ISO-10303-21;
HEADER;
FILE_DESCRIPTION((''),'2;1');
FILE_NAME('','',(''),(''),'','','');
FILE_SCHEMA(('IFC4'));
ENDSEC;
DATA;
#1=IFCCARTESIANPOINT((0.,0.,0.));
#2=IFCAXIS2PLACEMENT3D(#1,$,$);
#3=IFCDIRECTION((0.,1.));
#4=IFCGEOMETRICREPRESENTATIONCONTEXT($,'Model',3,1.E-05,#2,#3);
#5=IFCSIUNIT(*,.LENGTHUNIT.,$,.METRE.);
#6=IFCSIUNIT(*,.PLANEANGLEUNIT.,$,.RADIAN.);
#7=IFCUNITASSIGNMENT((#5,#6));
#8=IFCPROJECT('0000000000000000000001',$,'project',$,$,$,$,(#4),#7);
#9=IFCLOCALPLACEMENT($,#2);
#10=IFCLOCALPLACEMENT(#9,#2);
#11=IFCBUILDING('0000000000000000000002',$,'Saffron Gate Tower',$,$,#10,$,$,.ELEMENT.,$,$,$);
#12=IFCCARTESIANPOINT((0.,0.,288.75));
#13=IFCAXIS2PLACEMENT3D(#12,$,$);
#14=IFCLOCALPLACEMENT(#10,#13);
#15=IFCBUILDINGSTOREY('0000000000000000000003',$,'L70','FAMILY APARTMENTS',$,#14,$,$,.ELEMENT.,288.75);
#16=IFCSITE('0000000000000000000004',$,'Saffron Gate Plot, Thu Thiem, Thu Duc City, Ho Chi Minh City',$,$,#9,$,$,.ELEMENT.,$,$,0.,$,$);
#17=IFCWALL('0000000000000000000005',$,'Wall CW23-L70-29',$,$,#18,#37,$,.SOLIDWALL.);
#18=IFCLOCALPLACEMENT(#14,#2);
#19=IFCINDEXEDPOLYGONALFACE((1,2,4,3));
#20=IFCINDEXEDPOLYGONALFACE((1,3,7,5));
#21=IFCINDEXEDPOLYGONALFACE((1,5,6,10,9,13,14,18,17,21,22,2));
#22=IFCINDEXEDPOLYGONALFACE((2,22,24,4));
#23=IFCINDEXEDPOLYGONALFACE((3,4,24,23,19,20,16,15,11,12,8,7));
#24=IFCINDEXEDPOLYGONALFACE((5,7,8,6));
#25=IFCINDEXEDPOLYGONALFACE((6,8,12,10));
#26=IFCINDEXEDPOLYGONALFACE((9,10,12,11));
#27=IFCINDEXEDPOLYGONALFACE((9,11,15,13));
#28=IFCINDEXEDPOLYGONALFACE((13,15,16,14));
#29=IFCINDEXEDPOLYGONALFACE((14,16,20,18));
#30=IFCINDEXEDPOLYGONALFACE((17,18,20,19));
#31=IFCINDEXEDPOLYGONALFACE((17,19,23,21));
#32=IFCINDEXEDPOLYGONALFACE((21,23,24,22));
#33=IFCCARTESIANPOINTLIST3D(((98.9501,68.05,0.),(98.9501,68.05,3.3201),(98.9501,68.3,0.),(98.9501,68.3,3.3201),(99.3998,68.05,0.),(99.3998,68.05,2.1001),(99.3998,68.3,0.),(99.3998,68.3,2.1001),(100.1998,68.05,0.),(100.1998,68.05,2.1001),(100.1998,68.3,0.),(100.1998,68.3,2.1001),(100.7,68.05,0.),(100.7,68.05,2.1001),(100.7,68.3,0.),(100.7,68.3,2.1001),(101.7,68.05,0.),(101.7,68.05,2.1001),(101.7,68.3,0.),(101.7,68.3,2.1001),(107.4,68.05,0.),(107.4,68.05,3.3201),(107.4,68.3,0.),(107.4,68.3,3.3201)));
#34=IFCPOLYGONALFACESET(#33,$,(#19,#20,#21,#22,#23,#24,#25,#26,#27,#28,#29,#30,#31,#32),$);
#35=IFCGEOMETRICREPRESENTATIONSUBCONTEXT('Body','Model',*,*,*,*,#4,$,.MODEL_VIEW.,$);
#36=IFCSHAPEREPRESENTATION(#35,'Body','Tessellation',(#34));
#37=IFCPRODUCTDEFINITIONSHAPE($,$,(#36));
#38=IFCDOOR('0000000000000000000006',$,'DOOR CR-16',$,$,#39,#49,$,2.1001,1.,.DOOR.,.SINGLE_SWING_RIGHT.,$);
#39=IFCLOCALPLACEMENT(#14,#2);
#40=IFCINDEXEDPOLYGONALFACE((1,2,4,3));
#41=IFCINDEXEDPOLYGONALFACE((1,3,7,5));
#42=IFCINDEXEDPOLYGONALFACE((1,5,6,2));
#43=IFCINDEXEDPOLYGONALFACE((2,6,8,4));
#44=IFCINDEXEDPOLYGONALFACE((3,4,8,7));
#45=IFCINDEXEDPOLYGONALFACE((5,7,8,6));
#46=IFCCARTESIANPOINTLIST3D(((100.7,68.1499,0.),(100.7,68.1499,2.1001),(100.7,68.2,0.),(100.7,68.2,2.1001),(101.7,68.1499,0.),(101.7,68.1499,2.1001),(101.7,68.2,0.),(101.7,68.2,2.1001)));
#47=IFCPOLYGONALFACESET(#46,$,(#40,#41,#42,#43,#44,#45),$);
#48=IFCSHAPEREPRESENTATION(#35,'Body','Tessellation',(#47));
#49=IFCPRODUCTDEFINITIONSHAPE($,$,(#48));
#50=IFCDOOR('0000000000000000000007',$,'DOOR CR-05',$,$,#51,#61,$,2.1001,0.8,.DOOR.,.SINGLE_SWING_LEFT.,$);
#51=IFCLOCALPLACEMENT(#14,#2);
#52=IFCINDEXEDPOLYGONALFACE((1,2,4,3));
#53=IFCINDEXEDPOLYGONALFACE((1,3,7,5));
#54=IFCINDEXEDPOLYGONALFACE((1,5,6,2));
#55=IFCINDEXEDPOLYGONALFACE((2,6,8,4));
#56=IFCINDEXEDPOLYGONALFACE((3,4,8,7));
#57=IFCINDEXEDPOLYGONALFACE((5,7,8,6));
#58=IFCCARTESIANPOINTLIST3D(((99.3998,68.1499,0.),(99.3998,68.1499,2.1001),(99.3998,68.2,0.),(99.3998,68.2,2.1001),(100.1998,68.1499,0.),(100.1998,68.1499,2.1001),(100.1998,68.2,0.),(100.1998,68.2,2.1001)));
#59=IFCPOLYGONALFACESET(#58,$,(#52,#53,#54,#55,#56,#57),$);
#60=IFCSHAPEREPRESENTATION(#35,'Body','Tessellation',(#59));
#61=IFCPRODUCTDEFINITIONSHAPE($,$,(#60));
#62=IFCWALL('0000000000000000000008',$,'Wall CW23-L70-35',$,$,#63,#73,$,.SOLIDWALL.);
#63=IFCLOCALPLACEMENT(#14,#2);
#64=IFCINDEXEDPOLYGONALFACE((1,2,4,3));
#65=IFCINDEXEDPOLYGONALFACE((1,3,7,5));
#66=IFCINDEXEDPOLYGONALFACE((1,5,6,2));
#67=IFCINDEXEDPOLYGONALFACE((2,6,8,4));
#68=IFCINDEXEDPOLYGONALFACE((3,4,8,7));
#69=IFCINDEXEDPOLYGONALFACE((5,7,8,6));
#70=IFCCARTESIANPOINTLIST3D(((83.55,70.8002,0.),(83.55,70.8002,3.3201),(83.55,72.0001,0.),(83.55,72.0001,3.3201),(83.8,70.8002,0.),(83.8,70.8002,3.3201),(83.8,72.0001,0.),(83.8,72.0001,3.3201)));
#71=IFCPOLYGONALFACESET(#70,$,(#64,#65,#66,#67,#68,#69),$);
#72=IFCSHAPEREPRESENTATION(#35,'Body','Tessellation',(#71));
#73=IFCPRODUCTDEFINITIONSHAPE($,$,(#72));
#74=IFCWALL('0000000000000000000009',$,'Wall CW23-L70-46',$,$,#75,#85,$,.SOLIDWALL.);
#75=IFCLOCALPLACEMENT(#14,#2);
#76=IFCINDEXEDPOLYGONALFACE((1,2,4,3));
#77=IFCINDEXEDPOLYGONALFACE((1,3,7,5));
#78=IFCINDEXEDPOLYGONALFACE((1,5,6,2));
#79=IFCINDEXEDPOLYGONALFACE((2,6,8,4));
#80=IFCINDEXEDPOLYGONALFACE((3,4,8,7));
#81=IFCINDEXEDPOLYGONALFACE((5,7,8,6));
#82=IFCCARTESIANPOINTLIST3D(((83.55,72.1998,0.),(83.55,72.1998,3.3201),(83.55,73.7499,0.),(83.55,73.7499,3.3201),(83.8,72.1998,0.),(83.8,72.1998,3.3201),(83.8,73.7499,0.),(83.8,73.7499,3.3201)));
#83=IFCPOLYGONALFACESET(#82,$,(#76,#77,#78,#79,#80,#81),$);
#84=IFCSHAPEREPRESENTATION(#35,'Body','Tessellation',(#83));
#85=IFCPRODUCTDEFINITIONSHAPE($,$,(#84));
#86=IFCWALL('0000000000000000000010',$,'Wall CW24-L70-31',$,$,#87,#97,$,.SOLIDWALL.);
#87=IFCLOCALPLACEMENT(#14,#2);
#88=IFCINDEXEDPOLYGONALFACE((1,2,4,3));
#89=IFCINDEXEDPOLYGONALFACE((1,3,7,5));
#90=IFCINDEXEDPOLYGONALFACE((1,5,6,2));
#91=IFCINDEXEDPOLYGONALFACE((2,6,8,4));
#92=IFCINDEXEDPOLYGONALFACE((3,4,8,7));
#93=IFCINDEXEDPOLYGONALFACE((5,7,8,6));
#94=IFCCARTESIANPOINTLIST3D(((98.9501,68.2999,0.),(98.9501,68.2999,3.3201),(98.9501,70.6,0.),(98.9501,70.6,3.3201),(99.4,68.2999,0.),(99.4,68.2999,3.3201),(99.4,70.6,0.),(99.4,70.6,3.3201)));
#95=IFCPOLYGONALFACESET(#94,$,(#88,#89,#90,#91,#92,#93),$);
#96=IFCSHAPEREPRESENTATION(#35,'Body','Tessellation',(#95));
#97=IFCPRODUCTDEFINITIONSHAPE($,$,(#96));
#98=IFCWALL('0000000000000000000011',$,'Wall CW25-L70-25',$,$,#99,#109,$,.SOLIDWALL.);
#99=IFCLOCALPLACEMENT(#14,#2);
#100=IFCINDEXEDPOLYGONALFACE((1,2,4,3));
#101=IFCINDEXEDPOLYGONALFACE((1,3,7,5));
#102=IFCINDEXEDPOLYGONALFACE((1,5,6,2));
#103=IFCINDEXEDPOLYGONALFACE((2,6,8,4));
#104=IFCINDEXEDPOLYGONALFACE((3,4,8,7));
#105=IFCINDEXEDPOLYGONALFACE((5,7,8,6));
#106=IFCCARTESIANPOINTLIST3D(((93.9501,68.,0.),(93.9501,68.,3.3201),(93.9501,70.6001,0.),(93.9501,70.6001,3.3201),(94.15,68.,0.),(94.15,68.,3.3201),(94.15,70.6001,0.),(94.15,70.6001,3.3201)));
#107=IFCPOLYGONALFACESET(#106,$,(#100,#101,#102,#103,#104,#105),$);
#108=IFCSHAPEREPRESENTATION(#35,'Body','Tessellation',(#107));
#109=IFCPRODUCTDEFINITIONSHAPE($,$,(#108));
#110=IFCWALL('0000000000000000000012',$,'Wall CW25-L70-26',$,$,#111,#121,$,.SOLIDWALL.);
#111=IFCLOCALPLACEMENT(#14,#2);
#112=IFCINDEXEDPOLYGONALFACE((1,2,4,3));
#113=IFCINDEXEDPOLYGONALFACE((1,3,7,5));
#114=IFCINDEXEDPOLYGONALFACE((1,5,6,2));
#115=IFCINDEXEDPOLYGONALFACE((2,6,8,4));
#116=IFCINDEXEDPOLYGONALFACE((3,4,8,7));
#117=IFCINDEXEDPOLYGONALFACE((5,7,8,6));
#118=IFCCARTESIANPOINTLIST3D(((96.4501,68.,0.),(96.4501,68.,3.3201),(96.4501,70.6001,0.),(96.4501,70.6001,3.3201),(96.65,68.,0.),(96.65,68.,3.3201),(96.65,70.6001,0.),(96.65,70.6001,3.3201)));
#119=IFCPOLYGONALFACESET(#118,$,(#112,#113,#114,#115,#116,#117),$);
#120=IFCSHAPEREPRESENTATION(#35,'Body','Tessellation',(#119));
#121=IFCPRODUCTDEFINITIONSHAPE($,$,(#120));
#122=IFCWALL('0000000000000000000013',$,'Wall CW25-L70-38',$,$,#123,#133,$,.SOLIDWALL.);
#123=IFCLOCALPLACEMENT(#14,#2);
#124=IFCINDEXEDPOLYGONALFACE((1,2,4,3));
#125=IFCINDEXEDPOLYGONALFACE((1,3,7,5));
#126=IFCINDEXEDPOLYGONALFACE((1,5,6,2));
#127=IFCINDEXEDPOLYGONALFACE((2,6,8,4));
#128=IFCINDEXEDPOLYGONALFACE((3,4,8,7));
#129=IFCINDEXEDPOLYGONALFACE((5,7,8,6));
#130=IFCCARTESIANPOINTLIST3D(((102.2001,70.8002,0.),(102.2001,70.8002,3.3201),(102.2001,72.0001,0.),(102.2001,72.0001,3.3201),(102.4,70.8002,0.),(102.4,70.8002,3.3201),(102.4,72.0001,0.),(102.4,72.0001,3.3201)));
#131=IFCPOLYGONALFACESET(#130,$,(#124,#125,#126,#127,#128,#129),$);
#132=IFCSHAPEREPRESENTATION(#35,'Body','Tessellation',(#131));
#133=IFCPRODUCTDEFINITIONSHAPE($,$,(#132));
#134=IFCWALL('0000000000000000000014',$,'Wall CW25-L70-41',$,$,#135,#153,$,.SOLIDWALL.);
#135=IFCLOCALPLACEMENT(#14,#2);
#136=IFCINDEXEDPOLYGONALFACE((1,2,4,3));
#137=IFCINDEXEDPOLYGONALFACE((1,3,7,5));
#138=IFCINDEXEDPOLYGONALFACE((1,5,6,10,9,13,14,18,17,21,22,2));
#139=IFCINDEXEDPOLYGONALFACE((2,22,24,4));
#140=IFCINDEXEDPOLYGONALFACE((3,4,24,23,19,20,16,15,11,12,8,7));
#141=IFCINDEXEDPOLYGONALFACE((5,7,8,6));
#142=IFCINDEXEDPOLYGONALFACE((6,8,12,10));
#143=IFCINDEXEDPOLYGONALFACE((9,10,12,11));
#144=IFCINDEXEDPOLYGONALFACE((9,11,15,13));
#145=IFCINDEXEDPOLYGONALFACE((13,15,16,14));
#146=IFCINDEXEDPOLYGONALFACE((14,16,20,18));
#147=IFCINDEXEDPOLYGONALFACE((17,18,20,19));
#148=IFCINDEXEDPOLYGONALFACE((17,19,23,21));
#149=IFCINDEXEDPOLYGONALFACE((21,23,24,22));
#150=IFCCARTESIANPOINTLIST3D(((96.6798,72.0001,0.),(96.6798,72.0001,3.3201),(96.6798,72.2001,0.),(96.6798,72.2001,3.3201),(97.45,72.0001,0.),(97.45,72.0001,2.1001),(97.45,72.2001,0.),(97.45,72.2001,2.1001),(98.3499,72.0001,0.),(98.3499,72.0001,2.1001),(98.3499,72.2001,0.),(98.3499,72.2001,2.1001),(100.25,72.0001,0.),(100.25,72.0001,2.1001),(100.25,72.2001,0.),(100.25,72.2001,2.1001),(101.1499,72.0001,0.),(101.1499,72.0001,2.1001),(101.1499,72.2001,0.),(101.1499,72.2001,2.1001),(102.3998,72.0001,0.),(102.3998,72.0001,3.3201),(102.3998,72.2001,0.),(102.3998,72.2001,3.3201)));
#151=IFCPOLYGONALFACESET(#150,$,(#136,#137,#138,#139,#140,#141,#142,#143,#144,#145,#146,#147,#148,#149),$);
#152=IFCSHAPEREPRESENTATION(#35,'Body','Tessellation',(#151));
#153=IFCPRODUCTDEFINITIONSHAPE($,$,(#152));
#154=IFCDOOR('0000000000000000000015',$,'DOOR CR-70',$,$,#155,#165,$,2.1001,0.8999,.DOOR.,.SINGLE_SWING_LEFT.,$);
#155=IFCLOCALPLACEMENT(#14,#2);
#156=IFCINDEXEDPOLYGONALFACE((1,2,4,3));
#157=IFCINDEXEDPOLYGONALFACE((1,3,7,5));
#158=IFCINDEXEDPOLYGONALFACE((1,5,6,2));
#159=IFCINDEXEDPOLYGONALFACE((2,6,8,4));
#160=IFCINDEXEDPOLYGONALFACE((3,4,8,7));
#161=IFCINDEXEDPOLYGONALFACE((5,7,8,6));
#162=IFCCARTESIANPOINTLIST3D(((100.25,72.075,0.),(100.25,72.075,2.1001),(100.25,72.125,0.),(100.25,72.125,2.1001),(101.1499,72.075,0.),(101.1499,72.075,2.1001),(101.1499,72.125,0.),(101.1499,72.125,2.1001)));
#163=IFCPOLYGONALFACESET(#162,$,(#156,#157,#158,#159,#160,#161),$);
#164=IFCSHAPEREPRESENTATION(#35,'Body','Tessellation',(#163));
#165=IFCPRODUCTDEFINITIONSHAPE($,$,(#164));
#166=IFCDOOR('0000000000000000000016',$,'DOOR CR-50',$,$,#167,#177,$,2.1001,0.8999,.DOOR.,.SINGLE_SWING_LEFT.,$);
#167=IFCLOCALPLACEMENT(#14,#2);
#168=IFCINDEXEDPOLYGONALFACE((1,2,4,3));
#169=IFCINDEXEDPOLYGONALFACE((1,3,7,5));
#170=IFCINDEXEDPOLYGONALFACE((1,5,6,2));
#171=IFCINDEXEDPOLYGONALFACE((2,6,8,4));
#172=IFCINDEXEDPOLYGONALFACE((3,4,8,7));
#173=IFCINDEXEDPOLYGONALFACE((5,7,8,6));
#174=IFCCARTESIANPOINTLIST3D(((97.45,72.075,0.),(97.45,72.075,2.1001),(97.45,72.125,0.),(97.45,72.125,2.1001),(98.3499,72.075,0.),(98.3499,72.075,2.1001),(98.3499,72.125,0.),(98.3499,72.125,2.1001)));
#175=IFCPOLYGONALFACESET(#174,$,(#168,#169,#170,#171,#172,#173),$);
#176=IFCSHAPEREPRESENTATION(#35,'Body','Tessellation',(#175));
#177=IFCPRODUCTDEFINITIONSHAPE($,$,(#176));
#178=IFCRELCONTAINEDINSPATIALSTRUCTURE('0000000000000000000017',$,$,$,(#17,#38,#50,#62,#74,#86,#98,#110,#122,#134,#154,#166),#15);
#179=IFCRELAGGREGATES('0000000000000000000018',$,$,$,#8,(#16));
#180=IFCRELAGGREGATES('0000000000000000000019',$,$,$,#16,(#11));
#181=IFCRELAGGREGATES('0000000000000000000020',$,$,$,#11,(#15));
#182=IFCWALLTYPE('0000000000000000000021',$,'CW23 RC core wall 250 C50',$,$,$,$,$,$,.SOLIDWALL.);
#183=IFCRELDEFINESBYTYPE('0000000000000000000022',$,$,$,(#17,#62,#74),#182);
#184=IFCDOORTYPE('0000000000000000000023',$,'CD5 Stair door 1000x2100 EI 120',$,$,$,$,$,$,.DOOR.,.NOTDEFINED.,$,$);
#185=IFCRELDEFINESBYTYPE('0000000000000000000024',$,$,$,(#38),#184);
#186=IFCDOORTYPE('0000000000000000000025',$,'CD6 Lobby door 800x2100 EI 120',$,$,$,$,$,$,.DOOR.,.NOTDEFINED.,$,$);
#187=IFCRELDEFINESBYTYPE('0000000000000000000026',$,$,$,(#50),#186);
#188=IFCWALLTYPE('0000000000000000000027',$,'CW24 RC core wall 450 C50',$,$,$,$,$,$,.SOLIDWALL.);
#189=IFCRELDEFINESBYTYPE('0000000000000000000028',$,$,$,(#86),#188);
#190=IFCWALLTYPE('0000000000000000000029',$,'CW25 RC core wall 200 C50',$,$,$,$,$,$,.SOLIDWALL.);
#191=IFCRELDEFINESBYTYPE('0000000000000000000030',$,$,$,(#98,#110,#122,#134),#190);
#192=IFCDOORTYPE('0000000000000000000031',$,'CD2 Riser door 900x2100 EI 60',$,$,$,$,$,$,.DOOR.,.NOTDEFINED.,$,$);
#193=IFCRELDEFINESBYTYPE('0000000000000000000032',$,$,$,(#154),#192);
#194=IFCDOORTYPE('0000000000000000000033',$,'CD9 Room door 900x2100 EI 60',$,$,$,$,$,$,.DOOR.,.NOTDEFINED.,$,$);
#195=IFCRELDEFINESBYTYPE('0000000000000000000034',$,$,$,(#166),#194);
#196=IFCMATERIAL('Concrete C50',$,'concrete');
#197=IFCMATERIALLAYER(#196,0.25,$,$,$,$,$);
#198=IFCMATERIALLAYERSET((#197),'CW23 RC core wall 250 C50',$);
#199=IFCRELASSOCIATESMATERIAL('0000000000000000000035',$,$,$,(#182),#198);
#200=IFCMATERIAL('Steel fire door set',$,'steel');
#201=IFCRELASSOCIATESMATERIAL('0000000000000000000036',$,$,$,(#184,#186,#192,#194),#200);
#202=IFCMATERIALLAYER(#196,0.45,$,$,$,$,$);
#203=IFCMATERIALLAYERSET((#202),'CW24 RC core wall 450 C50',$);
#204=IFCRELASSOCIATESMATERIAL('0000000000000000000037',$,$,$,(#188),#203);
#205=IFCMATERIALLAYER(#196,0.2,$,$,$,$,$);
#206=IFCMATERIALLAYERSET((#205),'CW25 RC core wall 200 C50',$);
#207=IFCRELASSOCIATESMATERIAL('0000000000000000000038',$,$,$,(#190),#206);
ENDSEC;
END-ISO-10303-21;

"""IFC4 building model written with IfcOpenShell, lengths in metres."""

from ifc_helpers import new_model, si_unit, direction, frame, frame_2d, origin, place, context, subcontext, project, spatial, rectangle, extrude, material, layer, layer_set, type_object, element, fill, save


model = new_model("IFC4")

# Units and contexts
model_context = context("Model", 3, precision=1e-05, world=origin(), true_north=direction((0.0, 1.0)))
body_context = subcontext(model_context, "Body", "Model", "MODEL_VIEW")
ifc_project = project(units=[si_unit("LENGTHUNIT", "METRE"), si_unit("PLANEANGLEUNIT", "RADIAN")], contexts=[model_context])

# Site, building, storey
site_placement = place(None, origin())
site = spatial("IfcSite", under=ifc_project, at=site_placement, Name="Saffron Gate Plot, Thu Thiem, Thu Duc City, Ho Chi Minh City", CompositionType="ELEMENT", RefElevation=0.0)
building_placement = place(site_placement, origin())
building = spatial("IfcBuilding", under=site, at=building_placement, Name="Saffron Gate Tower", CompositionType="ELEMENT")
storey_placement = place(building_placement, frame((0.0, 0.0, 288.75)))
storey = spatial("IfcBuildingStorey", under=building, at=storey_placement, Name="L70", Description="FAMILY APARTMENTS", CompositionType="ELEMENT", Elevation=288.75)

# Wall, openings, doors
ifc_material_1 = material(Name="Concrete C50", Category="concrete")
ifc_layer_1 = layer(ifc_material_1, 0.25)
ifc_layer_set_1 = layer_set([ifc_layer_1], Name="CW23 RC core wall 250 C50")
wall_type_1 = type_object("IfcWallType", Name="CW23 RC core wall 250 C50", PredefinedType="SOLIDWALL", material=ifc_layer_set_1)
wall_1_placement = place(storey_placement, frame((98.95, 68.175, 0.0), z_axis=(0.0, 0.0, 1.0), x_axis=(1.0, 0.0, 0.0)))
wall_1 = element("IfcWall", 1, at=wall_1_placement, inside=storey, type_object=wall_type_1, Name="Wall CW23-L70-29", PredefinedType="SOLIDWALL", context=body_context, shape_type="SweptSolid", body=[
    extrude(rectangle(XDim=8.45, YDim=0.25, at=frame_2d((4.2251, 0.0))), origin(), (0.0, 0.0, 1.0), 3.3201),
])
opening_1_placement = place(wall_1_placement, frame((0.45, 0.0, 0.0)))
opening_1 = element("IfcOpeningElement", 2, at=opening_1_placement, cuts=wall_1, PredefinedType="OPENING", context=body_context, shape_type="SweptSolid", body=[
    extrude(rectangle(XDim=0.8, YDim=2.1001, at=frame_2d((0.3999, 1.05))), frame((0.0, 0.135, 0.0), z_axis=(0.0, -1.0, 0.0), x_axis=(1.0, 0.0, 0.0)), (0.0, 0.0, 1.0), 0.27),
])
opening_2_placement = place(wall_1_placement, frame((1.75, 0.0, 0.0)))
opening_2 = element("IfcOpeningElement", 3, at=opening_2_placement, cuts=wall_1, PredefinedType="OPENING", context=body_context, shape_type="SweptSolid", body=[
    extrude(rectangle(XDim=1.0, YDim=2.1001, at=frame_2d((0.5, 1.05))), frame((0.0, 0.135, 0.0), z_axis=(0.0, -1.0, 0.0), x_axis=(1.0, 0.0, 0.0)), (0.0, 0.0, 1.0), 0.27),
])
ifc_material_2 = material(Name="Steel fire door set", Category="steel")
door_type_1 = type_object("IfcDoorType", Name="CD5 Stair door 1000x2100 EI 120", OperationType="NOTDEFINED", PredefinedType="DOOR", material=ifc_material_2)
door_1_placement = place(opening_2_placement, origin())
door_1 = element("IfcDoor", 4, at=door_1_placement, inside=storey, type_object=door_type_1, Name="DOOR CR-16", OperationType="SINGLE_SWING_RIGHT", OverallHeight=2.1001, OverallWidth=1.0, PredefinedType="DOOR", context=body_context, shape_type="SweptSolid", body=[
    extrude(rectangle(XDim=1.0, YDim=2.1001, at=frame_2d((0.5, 1.05))), frame((0.0, 0.0249, 0.0), z_axis=(0.0, -1.0, 0.0), x_axis=(1.0, 0.0, 0.0)), (0.0, 0.0, 1.0), 0.05),
])
fill(opening_2, door_1)
door_type_2 = type_object("IfcDoorType", Name="CD6 Lobby door 800x2100 EI 120", OperationType="NOTDEFINED", PredefinedType="DOOR", material=ifc_material_2)
door_2_placement = place(opening_1_placement, origin())
door_2 = element("IfcDoor", 5, at=door_2_placement, inside=storey, type_object=door_type_2, Name="DOOR CR-05", OperationType="SINGLE_SWING_LEFT", OverallHeight=2.1001, OverallWidth=0.8, PredefinedType="DOOR", context=body_context, shape_type="SweptSolid", body=[
    extrude(rectangle(XDim=0.8, YDim=2.1001, at=frame_2d((0.3999, 1.05))), frame((0.0, 0.0249, 0.0), z_axis=(0.0, -1.0, 0.0), x_axis=(1.0, 0.0, 0.0)), (0.0, 0.0, 1.0), 0.05),
])
fill(opening_1, door_2)

# Walls
wall_2_placement = place(storey_placement, frame((83.675, 70.8, 0.0), z_axis=(0.0, 0.0, 1.0), x_axis=(0.0, 1.0, 0.0)))
element("IfcWall", 6, at=wall_2_placement, inside=storey, type_object=wall_type_1, Name="Wall CW23-L70-35", PredefinedType="SOLIDWALL", context=body_context, shape_type="SweptSolid", body=[
    extrude(rectangle(XDim=1.2, YDim=0.25, at=frame_2d((0.6001, 0.0))), origin(), (0.0, 0.0, 1.0), 3.3201),
])
wall_3_placement = place(storey_placement, frame((83.675, 72.2, 0.0), z_axis=(0.0, 0.0, 1.0), x_axis=(0.0, 1.0, 0.0)))
element("IfcWall", 7, at=wall_3_placement, inside=storey, type_object=wall_type_1, Name="Wall CW23-L70-46", PredefinedType="SOLIDWALL", context=body_context, shape_type="SweptSolid", body=[
    extrude(rectangle(XDim=1.55, YDim=0.25, at=frame_2d((0.7749, 0.0))), origin(), (0.0, 0.0, 1.0), 3.3201),
])
ifc_layer_2 = layer(ifc_material_1, 0.45)
ifc_layer_set_2 = layer_set([ifc_layer_2], Name="CW24 RC core wall 450 C50")
wall_type_2 = type_object("IfcWallType", Name="CW24 RC core wall 450 C50", PredefinedType="SOLIDWALL", material=ifc_layer_set_2)
wall_4_placement = place(storey_placement, frame((99.175, 68.3, 0.0), z_axis=(0.0, 0.0, 1.0), x_axis=(0.0, 1.0, 0.0)))
element("IfcWall", 8, at=wall_4_placement, inside=storey, type_object=wall_type_2, Name="Wall CW24-L70-31", PredefinedType="SOLIDWALL", context=body_context, shape_type="SweptSolid", body=[
    extrude(rectangle(XDim=2.3, YDim=0.45, at=frame_2d((1.1499, 0.0))), origin(), (0.0, 0.0, 1.0), 3.3201),
])
ifc_layer_3 = layer(ifc_material_1, 0.2)
ifc_layer_set_3 = layer_set([ifc_layer_3], Name="CW25 RC core wall 200 C50")
wall_type_3 = type_object("IfcWallType", Name="CW25 RC core wall 200 C50", PredefinedType="SOLIDWALL", material=ifc_layer_set_3)
for number, where, z_axis, x_axis, name in (
    (9, (94.05, 68.0, 0.0), (0.0, 0.0, 1.0), (0.0, 1.0, 0.0), "Wall CW25-L70-25"),
    (10, (96.55, 68.0, 0.0), (0.0, 0.0, 1.0), (0.0, 1.0, 0.0), "Wall CW25-L70-26"),
):
    element("IfcWall", number, at=place(storey_placement, frame(where, z_axis=z_axis, x_axis=x_axis)), inside=storey, type_object=wall_type_3, Name=name, PredefinedType="SOLIDWALL", context=body_context, shape_type="SweptSolid", body=[
        extrude(rectangle(XDim=2.6001, YDim=0.2, at=frame_2d((1.3, 0.0))), origin(), (0.0, 0.0, 1.0), 3.3201),
    ])
wall_5_placement = place(storey_placement, frame((102.3, 70.8, 0.0), z_axis=(0.0, 0.0, 1.0), x_axis=(0.0, 1.0, 0.0)))
element("IfcWall", 11, at=wall_5_placement, inside=storey, type_object=wall_type_3, Name="Wall CW25-L70-38", PredefinedType="SOLIDWALL", context=body_context, shape_type="SweptSolid", body=[
    extrude(rectangle(XDim=1.2, YDim=0.2, at=frame_2d((0.6001, 0.0))), origin(), (0.0, 0.0, 1.0), 3.3201),
])

# Wall, openings, doors
wall_6_placement = place(storey_placement, frame((96.6799, 72.1001, 0.0), z_axis=(0.0, 0.0, 1.0), x_axis=(1.0, 0.0, 0.0)))
wall_6 = element("IfcWall", 12, at=wall_6_placement, inside=storey, type_object=wall_type_3, Name="Wall CW25-L70-41", PredefinedType="SOLIDWALL", context=body_context, shape_type="SweptSolid", body=[
    extrude(rectangle(XDim=5.72, YDim=0.2, at=frame_2d((2.8599, 0.0))), origin(), (0.0, 0.0, 1.0), 3.3201),
])
opening_3_placement = place(wall_6_placement, frame((0.77, 0.0, 0.0)))
opening_3 = element("IfcOpeningElement", 13, at=opening_3_placement, cuts=wall_6, PredefinedType="OPENING", context=body_context, shape_type="SweptSolid", body=[
    extrude(rectangle(XDim=0.8999, YDim=2.1001, at=frame_2d((0.45, 1.05))), frame((0.0, 0.1099, 0.0), z_axis=(0.0, -1.0, 0.0), x_axis=(1.0, 0.0, 0.0)), (0.0, 0.0, 1.0), 0.22),
])
opening_4_placement = place(wall_6_placement, frame((3.5701, 0.0, 0.0)))
opening_4 = element("IfcOpeningElement", 14, at=opening_4_placement, cuts=wall_6, PredefinedType="OPENING", context=body_context, shape_type="SweptSolid", body=[
    extrude(rectangle(XDim=0.8999, YDim=2.1001, at=frame_2d((0.45, 1.05))), frame((0.0, 0.1099, 0.0), z_axis=(0.0, -1.0, 0.0), x_axis=(1.0, 0.0, 0.0)), (0.0, 0.0, 1.0), 0.22),
])
door_type_3 = type_object("IfcDoorType", Name="CD2 Riser door 900x2100 EI 60", OperationType="NOTDEFINED", PredefinedType="DOOR", material=ifc_material_2)
door_3_placement = place(opening_4_placement, origin())
door_3 = element("IfcDoor", 15, at=door_3_placement, inside=storey, type_object=door_type_3, Name="DOOR CR-70", OperationType="SINGLE_SWING_LEFT", OverallHeight=2.1001, OverallWidth=0.8999, PredefinedType="DOOR", context=body_context, shape_type="SweptSolid", body=[
    extrude(rectangle(XDim=0.8999, YDim=2.1001, at=frame_2d((0.45, 1.05))), frame((0.0, 0.0249, 0.0), z_axis=(0.0, -1.0, 0.0), x_axis=(1.0, 0.0, 0.0)), (0.0, 0.0, 1.0), 0.05),
])
fill(opening_4, door_3)
door_type_4 = type_object("IfcDoorType", Name="CD9 Room door 900x2100 EI 60", OperationType="NOTDEFINED", PredefinedType="DOOR", material=ifc_material_2)
door_4_placement = place(opening_3_placement, origin())
door_4 = element("IfcDoor", 16, at=door_4_placement, inside=storey, type_object=door_type_4, Name="DOOR CR-50", OperationType="SINGLE_SWING_LEFT", OverallHeight=2.1001, OverallWidth=0.8999, PredefinedType="DOOR", context=body_context, shape_type="SweptSolid", body=[
    extrude(rectangle(XDim=0.8999, YDim=2.1001, at=frame_2d((0.45, 1.05))), frame((0.0, 0.0249, 0.0), z_axis=(0.0, -1.0, 0.0), x_axis=(1.0, 0.0, 0.0)), (0.0, 0.0, 1.0), 0.05),
])
fill(opening_3, door_4)

save(model, "model.ifc")
